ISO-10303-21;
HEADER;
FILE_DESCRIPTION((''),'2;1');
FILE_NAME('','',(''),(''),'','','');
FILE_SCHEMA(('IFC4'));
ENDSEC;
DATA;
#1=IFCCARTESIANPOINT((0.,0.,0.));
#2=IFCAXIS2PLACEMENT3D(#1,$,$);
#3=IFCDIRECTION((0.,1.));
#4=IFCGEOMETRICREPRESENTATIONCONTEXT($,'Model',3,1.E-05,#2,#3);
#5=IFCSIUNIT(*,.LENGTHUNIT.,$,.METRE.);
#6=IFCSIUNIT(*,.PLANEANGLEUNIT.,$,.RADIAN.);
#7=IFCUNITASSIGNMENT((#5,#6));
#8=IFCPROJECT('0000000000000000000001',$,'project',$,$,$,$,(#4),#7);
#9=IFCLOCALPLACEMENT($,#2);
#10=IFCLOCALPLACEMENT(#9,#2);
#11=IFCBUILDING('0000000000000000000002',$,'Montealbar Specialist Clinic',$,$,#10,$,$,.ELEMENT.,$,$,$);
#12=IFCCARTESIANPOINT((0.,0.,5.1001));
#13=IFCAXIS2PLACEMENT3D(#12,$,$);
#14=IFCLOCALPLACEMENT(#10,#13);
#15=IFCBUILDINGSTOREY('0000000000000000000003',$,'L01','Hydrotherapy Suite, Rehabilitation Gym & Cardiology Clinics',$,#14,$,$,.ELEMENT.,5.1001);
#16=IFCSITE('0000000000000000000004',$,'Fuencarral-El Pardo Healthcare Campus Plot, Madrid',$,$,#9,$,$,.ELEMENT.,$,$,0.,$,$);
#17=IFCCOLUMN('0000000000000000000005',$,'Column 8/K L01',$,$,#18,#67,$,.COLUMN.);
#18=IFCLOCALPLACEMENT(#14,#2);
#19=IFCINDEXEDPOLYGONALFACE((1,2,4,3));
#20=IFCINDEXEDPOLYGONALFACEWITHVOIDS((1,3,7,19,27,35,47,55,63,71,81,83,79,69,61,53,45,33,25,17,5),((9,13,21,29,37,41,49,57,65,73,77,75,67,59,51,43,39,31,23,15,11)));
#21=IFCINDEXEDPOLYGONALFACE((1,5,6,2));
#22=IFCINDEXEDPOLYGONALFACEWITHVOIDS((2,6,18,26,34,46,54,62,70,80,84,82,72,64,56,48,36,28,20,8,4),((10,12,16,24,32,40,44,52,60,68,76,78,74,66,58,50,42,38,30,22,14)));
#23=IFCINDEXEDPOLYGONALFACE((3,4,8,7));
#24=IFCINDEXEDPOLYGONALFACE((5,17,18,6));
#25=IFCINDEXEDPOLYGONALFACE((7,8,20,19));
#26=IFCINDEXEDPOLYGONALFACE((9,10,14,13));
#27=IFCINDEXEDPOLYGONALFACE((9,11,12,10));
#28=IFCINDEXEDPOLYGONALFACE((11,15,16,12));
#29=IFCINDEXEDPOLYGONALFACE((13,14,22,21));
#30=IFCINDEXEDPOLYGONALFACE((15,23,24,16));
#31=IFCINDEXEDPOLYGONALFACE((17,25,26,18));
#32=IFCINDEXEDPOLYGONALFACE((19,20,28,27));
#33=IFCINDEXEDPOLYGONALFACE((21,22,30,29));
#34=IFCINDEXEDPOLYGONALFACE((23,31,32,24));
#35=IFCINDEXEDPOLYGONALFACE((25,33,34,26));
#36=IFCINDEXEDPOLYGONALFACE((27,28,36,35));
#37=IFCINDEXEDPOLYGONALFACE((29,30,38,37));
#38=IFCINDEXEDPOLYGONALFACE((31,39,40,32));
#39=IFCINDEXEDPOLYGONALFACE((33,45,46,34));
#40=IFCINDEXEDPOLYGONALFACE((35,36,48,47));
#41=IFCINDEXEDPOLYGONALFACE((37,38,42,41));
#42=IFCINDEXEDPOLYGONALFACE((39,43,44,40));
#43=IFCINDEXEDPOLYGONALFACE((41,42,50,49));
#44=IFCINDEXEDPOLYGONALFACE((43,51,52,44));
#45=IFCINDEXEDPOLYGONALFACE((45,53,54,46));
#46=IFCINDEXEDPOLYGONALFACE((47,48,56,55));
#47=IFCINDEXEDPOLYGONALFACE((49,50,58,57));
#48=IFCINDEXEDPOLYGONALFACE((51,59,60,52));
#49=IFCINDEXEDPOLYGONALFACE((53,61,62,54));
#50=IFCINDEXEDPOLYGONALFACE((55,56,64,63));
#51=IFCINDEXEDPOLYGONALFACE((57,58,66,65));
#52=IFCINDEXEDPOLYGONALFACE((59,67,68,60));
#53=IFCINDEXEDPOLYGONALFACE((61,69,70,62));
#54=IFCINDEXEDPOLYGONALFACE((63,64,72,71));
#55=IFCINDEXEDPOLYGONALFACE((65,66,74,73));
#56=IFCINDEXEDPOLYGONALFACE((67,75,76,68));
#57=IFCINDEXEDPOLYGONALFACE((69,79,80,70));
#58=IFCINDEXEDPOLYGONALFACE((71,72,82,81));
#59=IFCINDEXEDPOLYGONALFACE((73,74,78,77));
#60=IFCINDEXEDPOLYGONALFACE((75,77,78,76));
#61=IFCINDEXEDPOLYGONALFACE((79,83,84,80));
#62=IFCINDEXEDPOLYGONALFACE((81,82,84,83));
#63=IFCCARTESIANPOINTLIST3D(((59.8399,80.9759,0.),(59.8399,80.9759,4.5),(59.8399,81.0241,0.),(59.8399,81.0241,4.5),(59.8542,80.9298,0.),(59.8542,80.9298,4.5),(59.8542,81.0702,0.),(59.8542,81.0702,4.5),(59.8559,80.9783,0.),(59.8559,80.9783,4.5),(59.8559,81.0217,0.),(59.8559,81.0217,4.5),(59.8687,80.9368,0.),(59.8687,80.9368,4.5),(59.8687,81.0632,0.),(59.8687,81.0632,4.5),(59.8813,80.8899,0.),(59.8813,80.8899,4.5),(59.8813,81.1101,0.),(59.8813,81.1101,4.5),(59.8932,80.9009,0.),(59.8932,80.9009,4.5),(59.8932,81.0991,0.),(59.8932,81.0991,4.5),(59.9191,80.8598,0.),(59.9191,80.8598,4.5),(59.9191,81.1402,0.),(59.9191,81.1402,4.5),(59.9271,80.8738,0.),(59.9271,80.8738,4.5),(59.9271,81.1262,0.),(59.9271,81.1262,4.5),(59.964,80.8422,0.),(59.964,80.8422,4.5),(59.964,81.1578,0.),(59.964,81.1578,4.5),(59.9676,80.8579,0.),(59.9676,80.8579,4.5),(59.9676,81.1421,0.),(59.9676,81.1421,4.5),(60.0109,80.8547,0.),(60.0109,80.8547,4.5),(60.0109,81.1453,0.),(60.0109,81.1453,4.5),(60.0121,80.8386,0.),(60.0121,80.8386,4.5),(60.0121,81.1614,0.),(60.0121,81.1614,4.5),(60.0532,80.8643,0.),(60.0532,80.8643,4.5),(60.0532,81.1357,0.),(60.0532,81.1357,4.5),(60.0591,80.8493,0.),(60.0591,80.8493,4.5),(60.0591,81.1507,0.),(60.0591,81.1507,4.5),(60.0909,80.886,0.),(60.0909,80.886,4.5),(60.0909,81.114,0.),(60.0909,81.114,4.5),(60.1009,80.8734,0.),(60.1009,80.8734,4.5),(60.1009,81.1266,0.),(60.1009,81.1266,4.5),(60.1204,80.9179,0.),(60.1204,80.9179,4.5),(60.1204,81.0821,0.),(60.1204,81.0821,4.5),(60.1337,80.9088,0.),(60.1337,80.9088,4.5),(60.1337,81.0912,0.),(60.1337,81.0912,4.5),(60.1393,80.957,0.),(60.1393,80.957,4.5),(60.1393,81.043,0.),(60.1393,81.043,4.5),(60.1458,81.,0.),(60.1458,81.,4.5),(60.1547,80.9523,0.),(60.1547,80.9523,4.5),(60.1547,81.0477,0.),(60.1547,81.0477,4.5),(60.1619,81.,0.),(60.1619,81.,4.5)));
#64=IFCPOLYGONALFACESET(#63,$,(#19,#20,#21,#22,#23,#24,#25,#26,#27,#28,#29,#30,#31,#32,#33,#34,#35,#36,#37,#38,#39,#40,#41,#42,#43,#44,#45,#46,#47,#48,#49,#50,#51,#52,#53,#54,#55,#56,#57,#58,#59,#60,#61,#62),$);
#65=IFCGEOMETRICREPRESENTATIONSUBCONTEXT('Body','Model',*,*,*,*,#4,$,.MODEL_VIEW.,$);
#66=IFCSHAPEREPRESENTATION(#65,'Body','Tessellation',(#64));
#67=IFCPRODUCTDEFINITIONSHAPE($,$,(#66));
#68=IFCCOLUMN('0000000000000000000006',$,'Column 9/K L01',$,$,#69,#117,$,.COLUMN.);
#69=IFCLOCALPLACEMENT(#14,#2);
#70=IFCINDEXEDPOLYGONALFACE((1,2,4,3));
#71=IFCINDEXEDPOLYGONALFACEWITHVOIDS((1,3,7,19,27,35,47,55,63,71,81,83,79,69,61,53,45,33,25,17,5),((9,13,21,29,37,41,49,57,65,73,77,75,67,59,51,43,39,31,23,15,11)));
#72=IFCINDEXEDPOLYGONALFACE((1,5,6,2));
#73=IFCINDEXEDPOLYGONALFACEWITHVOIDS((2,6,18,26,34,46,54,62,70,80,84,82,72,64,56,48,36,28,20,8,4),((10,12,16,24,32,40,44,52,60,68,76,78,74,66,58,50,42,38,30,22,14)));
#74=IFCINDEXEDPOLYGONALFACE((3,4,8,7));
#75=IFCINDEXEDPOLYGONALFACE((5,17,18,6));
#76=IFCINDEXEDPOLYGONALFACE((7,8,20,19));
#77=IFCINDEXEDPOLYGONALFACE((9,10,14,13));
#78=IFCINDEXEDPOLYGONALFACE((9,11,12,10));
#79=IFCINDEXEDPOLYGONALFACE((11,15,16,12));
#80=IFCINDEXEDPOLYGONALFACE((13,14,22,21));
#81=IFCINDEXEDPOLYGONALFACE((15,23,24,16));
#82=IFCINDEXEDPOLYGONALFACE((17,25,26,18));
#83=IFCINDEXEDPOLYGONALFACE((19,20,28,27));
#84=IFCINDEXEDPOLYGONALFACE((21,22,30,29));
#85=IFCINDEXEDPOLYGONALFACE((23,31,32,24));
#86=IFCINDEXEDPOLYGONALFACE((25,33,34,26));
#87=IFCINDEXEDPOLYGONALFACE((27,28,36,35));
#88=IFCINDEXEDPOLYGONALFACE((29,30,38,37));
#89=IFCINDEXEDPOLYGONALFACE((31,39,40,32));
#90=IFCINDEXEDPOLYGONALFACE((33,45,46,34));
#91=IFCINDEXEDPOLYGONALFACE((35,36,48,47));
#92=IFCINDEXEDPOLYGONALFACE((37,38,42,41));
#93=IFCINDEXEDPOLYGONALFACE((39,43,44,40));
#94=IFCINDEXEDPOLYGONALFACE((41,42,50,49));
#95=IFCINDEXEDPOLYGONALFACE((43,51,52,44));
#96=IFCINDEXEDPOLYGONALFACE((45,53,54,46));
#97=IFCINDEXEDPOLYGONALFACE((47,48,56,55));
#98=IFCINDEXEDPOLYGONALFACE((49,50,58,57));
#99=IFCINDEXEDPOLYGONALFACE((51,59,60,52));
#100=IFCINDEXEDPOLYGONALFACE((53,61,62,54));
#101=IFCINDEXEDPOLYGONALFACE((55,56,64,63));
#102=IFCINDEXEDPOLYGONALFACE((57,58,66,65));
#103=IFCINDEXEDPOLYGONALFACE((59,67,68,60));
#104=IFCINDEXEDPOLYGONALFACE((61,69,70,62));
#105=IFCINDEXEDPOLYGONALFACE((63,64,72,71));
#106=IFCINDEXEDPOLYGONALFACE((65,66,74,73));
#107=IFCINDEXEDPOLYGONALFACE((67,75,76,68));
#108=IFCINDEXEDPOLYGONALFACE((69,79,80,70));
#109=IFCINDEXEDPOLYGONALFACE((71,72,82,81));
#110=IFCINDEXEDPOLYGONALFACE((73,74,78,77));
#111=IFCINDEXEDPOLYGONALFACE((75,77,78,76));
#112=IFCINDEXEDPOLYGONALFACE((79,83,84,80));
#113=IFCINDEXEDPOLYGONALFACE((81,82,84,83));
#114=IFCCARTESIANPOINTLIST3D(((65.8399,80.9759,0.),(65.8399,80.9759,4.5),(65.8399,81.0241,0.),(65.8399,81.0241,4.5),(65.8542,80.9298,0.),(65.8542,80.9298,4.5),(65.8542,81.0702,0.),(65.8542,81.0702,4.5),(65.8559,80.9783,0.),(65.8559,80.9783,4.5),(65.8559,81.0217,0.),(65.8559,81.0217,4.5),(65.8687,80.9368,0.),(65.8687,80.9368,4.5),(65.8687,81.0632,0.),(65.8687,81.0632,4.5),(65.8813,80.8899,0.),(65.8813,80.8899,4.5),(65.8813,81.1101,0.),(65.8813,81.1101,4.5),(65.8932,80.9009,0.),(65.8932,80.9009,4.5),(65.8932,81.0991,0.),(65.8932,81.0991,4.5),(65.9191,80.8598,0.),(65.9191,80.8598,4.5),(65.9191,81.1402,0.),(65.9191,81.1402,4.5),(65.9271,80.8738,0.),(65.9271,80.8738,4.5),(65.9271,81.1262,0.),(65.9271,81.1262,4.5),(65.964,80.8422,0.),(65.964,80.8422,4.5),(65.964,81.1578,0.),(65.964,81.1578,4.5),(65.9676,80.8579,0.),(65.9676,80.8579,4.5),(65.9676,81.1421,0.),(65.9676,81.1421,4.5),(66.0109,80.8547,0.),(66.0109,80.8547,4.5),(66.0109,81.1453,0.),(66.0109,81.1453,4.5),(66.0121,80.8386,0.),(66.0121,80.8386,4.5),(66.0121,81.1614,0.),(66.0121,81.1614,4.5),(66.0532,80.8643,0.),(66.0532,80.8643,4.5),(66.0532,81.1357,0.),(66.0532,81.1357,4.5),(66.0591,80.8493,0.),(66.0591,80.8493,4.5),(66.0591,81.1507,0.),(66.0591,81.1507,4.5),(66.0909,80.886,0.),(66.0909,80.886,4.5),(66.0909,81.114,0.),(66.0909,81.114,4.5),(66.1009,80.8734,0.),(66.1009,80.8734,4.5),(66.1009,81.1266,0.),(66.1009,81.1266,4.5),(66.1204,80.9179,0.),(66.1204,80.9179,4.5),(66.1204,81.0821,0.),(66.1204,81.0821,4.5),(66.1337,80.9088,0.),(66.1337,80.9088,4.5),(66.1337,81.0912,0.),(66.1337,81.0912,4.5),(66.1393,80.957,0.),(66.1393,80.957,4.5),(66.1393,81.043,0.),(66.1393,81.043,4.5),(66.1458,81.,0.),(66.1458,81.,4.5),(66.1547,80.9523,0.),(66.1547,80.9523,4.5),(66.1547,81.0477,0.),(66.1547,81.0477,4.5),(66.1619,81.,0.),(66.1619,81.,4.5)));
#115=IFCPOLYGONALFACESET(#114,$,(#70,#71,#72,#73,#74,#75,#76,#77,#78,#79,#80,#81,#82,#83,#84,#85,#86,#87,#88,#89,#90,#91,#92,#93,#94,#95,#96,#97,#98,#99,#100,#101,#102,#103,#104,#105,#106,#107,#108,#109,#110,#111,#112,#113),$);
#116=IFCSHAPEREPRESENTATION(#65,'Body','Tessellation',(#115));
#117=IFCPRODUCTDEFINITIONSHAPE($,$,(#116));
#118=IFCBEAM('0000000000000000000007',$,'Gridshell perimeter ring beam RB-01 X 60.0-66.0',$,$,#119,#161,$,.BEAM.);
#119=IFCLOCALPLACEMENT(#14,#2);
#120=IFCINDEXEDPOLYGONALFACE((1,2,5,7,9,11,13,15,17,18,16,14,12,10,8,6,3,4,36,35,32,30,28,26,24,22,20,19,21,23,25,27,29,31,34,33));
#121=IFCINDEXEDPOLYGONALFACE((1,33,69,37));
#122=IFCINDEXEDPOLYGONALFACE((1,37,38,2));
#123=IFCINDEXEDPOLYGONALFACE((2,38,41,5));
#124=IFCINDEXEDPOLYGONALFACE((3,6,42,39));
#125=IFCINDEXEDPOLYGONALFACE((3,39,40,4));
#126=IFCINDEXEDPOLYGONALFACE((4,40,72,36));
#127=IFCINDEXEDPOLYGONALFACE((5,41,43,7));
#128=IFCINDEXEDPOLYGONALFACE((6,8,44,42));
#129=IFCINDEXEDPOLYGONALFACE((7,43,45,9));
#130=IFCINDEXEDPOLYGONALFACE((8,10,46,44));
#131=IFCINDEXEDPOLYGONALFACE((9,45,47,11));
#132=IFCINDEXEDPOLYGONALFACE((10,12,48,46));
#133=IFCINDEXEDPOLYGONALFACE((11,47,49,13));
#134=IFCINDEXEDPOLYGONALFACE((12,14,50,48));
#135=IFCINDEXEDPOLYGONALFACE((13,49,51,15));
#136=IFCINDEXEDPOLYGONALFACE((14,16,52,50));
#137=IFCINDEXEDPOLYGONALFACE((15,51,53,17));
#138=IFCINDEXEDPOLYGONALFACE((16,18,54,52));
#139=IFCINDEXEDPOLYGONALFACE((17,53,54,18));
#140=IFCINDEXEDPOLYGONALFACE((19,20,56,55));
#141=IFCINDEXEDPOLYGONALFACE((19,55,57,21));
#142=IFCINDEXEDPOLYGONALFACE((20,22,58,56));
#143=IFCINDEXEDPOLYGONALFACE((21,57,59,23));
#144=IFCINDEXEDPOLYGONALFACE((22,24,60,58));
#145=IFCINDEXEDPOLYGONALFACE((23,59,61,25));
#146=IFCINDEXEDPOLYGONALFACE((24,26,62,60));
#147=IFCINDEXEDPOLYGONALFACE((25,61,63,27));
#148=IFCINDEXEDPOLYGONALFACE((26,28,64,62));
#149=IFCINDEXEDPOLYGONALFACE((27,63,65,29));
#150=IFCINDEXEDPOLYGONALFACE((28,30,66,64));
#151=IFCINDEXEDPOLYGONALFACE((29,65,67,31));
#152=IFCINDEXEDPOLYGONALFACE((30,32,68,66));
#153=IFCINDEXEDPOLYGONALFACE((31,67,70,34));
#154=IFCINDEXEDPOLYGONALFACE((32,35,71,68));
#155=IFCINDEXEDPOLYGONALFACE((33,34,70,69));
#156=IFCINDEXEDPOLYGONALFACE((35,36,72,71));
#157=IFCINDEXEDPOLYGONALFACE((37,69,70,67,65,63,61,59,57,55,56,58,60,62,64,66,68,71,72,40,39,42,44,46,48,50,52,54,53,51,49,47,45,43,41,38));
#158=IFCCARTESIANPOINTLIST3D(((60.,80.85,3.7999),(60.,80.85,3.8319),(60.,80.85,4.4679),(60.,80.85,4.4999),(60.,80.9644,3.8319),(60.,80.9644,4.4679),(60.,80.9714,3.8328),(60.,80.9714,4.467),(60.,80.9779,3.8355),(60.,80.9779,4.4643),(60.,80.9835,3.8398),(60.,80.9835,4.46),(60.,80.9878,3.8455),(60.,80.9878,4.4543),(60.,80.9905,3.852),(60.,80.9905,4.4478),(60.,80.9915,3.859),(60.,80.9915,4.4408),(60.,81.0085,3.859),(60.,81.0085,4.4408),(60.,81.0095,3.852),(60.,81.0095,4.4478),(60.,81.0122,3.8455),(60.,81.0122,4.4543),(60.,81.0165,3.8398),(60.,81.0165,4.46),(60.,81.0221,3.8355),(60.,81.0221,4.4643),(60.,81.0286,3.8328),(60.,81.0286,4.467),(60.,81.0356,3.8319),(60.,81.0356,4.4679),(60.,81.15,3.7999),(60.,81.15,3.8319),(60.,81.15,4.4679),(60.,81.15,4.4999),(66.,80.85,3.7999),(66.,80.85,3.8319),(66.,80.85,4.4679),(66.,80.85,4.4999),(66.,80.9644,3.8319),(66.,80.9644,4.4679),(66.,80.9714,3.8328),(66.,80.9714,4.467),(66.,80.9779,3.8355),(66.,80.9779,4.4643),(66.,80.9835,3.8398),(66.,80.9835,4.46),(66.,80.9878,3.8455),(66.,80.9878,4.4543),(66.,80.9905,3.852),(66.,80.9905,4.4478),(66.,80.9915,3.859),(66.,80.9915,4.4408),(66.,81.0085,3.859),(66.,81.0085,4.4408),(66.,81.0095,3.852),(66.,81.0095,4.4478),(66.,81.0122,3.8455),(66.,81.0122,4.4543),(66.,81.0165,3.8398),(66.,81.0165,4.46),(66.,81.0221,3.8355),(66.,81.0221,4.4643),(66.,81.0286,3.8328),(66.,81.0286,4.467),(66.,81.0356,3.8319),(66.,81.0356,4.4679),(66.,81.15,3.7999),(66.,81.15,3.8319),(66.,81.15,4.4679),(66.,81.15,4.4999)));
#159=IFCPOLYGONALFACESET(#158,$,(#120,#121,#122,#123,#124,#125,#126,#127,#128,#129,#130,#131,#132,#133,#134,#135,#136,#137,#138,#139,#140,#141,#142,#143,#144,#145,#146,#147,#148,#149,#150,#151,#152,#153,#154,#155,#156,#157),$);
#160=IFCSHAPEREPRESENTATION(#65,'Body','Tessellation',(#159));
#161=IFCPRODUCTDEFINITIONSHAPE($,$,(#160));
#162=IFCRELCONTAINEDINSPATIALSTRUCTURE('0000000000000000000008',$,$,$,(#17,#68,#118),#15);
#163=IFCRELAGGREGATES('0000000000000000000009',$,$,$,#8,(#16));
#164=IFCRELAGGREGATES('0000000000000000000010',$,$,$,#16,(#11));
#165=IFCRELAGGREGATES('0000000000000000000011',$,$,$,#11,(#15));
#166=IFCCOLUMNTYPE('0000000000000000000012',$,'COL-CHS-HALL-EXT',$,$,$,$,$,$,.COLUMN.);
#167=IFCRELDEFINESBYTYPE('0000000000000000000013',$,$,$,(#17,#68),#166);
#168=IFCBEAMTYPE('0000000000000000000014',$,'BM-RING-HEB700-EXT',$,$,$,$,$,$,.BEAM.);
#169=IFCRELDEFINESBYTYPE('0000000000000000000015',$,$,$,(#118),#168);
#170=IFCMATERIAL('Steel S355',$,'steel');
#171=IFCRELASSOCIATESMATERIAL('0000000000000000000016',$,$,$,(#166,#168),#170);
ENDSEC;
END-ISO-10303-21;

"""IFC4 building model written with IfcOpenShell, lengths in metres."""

from ifc_helpers import new_model, si_unit, direction, frame, origin, origin_2d, place, context, subcontext, project, spatial, hollow_circle, i_section, extrude, material, material_profile, profile_set, type_object, element, save


model = new_model("IFC4")

# Units and contexts
model_context = context("Model", 3, precision=1e-05, world=origin(), true_north=direction((0.0, 1.0)))
body_context = subcontext(model_context, "Body", "Model", "MODEL_VIEW")
ifc_project = project(units=[si_unit("LENGTHUNIT", "METRE"), si_unit("PLANEANGLEUNIT", "RADIAN")], contexts=[model_context])

# Site, building, storey
site_placement = place(None, origin())
site = spatial("IfcSite", under=ifc_project, at=site_placement, Name="Fuencarral-El Pardo Healthcare Campus Plot, Madrid", CompositionType="ELEMENT", RefElevation=0.0)
building_placement = place(site_placement, origin())
building = spatial("IfcBuilding", under=site, at=building_placement, Name="Montealbar Specialist Clinic", CompositionType="ELEMENT")
storey_placement = place(building_placement, frame((0.0, 0.0, 5.1001)))
storey = spatial("IfcBuildingStorey", under=building, at=storey_placement, Name="L01", Description="Hydrotherapy Suite, Rehabilitation Gym & Cardiology Clinics", CompositionType="ELEMENT", Elevation=5.1001)

# Columns
ifc_material_1 = material(Name="Steel S355", Category="steel")
ifc_material_profile_1 = material_profile(ifc_material_1, hollow_circle(Radius=0.1619, WallThickness=0.0161, at=origin_2d()), Name="CHS 323.9x16.0", Category="steel")
ifc_profile_set_1 = profile_set([ifc_material_profile_1], Name="Steel S355")
column_type = type_object("IfcColumnType", Name="COL-CHS-HALL-EXT", PredefinedType="COLUMN", material=ifc_profile_set_1)
for number, where, z_axis, x_axis, name in (
    (1, (60.0, 81.0, 0.0), (0.0, 0.0, 1.0), (1.0, 0.0, 0.0), "Column 8/K L01"),
    (2, (66.0, 81.0, 0.0), (0.0, 0.0, 1.0), (1.0, 0.0, 0.0), "Column 9/K L01"),
):
    element("IfcColumn", number, at=place(storey_placement, frame(where, z_axis=z_axis, x_axis=x_axis)), inside=storey, type_object=column_type, Name=name, PredefinedType="COLUMN", context=body_context, shape_type="SweptSolid", body=[
        extrude(hollow_circle(Radius=0.1619, WallThickness=0.0161, at=origin_2d()), origin(), (0.0, 0.0, 1.0), 4.5),
    ])

# Beam
ifc_material_profile_2 = material_profile(ifc_material_1, i_section(OverallWidth=0.3, OverallDepth=0.7, WebThickness=0.0171, FlangeThickness=0.032, FilletRadius=0.0271, at=origin_2d()), Name="HEB 700", Category="steel")
ifc_profile_set_2 = profile_set([ifc_material_profile_2], Name="Steel S355")
beam_type = type_object("IfcBeamType", Name="BM-RING-HEB700-EXT", PredefinedType="BEAM", material=ifc_profile_set_2)
beam_1_placement = place(storey_placement, frame((60.0, 81.0, 4.1499), z_axis=(1.0, 0.0, 0.0), x_axis=(0.0, 1.0, 0.0)))
element("IfcBeam", 3, at=beam_1_placement, inside=storey, type_object=beam_type, Name="Gridshell perimeter ring beam RB-01 X 60.0-66.0", PredefinedType="BEAM", context=body_context, shape_type="SweptSolid", body=[
    extrude(i_section(OverallWidth=0.3, OverallDepth=0.7, WebThickness=0.0171, FlangeThickness=0.032, FilletRadius=0.0271, at=origin_2d()), origin(), (0.0, 0.0, 1.0), 6.0),
])

save(model, "model.ifc")
